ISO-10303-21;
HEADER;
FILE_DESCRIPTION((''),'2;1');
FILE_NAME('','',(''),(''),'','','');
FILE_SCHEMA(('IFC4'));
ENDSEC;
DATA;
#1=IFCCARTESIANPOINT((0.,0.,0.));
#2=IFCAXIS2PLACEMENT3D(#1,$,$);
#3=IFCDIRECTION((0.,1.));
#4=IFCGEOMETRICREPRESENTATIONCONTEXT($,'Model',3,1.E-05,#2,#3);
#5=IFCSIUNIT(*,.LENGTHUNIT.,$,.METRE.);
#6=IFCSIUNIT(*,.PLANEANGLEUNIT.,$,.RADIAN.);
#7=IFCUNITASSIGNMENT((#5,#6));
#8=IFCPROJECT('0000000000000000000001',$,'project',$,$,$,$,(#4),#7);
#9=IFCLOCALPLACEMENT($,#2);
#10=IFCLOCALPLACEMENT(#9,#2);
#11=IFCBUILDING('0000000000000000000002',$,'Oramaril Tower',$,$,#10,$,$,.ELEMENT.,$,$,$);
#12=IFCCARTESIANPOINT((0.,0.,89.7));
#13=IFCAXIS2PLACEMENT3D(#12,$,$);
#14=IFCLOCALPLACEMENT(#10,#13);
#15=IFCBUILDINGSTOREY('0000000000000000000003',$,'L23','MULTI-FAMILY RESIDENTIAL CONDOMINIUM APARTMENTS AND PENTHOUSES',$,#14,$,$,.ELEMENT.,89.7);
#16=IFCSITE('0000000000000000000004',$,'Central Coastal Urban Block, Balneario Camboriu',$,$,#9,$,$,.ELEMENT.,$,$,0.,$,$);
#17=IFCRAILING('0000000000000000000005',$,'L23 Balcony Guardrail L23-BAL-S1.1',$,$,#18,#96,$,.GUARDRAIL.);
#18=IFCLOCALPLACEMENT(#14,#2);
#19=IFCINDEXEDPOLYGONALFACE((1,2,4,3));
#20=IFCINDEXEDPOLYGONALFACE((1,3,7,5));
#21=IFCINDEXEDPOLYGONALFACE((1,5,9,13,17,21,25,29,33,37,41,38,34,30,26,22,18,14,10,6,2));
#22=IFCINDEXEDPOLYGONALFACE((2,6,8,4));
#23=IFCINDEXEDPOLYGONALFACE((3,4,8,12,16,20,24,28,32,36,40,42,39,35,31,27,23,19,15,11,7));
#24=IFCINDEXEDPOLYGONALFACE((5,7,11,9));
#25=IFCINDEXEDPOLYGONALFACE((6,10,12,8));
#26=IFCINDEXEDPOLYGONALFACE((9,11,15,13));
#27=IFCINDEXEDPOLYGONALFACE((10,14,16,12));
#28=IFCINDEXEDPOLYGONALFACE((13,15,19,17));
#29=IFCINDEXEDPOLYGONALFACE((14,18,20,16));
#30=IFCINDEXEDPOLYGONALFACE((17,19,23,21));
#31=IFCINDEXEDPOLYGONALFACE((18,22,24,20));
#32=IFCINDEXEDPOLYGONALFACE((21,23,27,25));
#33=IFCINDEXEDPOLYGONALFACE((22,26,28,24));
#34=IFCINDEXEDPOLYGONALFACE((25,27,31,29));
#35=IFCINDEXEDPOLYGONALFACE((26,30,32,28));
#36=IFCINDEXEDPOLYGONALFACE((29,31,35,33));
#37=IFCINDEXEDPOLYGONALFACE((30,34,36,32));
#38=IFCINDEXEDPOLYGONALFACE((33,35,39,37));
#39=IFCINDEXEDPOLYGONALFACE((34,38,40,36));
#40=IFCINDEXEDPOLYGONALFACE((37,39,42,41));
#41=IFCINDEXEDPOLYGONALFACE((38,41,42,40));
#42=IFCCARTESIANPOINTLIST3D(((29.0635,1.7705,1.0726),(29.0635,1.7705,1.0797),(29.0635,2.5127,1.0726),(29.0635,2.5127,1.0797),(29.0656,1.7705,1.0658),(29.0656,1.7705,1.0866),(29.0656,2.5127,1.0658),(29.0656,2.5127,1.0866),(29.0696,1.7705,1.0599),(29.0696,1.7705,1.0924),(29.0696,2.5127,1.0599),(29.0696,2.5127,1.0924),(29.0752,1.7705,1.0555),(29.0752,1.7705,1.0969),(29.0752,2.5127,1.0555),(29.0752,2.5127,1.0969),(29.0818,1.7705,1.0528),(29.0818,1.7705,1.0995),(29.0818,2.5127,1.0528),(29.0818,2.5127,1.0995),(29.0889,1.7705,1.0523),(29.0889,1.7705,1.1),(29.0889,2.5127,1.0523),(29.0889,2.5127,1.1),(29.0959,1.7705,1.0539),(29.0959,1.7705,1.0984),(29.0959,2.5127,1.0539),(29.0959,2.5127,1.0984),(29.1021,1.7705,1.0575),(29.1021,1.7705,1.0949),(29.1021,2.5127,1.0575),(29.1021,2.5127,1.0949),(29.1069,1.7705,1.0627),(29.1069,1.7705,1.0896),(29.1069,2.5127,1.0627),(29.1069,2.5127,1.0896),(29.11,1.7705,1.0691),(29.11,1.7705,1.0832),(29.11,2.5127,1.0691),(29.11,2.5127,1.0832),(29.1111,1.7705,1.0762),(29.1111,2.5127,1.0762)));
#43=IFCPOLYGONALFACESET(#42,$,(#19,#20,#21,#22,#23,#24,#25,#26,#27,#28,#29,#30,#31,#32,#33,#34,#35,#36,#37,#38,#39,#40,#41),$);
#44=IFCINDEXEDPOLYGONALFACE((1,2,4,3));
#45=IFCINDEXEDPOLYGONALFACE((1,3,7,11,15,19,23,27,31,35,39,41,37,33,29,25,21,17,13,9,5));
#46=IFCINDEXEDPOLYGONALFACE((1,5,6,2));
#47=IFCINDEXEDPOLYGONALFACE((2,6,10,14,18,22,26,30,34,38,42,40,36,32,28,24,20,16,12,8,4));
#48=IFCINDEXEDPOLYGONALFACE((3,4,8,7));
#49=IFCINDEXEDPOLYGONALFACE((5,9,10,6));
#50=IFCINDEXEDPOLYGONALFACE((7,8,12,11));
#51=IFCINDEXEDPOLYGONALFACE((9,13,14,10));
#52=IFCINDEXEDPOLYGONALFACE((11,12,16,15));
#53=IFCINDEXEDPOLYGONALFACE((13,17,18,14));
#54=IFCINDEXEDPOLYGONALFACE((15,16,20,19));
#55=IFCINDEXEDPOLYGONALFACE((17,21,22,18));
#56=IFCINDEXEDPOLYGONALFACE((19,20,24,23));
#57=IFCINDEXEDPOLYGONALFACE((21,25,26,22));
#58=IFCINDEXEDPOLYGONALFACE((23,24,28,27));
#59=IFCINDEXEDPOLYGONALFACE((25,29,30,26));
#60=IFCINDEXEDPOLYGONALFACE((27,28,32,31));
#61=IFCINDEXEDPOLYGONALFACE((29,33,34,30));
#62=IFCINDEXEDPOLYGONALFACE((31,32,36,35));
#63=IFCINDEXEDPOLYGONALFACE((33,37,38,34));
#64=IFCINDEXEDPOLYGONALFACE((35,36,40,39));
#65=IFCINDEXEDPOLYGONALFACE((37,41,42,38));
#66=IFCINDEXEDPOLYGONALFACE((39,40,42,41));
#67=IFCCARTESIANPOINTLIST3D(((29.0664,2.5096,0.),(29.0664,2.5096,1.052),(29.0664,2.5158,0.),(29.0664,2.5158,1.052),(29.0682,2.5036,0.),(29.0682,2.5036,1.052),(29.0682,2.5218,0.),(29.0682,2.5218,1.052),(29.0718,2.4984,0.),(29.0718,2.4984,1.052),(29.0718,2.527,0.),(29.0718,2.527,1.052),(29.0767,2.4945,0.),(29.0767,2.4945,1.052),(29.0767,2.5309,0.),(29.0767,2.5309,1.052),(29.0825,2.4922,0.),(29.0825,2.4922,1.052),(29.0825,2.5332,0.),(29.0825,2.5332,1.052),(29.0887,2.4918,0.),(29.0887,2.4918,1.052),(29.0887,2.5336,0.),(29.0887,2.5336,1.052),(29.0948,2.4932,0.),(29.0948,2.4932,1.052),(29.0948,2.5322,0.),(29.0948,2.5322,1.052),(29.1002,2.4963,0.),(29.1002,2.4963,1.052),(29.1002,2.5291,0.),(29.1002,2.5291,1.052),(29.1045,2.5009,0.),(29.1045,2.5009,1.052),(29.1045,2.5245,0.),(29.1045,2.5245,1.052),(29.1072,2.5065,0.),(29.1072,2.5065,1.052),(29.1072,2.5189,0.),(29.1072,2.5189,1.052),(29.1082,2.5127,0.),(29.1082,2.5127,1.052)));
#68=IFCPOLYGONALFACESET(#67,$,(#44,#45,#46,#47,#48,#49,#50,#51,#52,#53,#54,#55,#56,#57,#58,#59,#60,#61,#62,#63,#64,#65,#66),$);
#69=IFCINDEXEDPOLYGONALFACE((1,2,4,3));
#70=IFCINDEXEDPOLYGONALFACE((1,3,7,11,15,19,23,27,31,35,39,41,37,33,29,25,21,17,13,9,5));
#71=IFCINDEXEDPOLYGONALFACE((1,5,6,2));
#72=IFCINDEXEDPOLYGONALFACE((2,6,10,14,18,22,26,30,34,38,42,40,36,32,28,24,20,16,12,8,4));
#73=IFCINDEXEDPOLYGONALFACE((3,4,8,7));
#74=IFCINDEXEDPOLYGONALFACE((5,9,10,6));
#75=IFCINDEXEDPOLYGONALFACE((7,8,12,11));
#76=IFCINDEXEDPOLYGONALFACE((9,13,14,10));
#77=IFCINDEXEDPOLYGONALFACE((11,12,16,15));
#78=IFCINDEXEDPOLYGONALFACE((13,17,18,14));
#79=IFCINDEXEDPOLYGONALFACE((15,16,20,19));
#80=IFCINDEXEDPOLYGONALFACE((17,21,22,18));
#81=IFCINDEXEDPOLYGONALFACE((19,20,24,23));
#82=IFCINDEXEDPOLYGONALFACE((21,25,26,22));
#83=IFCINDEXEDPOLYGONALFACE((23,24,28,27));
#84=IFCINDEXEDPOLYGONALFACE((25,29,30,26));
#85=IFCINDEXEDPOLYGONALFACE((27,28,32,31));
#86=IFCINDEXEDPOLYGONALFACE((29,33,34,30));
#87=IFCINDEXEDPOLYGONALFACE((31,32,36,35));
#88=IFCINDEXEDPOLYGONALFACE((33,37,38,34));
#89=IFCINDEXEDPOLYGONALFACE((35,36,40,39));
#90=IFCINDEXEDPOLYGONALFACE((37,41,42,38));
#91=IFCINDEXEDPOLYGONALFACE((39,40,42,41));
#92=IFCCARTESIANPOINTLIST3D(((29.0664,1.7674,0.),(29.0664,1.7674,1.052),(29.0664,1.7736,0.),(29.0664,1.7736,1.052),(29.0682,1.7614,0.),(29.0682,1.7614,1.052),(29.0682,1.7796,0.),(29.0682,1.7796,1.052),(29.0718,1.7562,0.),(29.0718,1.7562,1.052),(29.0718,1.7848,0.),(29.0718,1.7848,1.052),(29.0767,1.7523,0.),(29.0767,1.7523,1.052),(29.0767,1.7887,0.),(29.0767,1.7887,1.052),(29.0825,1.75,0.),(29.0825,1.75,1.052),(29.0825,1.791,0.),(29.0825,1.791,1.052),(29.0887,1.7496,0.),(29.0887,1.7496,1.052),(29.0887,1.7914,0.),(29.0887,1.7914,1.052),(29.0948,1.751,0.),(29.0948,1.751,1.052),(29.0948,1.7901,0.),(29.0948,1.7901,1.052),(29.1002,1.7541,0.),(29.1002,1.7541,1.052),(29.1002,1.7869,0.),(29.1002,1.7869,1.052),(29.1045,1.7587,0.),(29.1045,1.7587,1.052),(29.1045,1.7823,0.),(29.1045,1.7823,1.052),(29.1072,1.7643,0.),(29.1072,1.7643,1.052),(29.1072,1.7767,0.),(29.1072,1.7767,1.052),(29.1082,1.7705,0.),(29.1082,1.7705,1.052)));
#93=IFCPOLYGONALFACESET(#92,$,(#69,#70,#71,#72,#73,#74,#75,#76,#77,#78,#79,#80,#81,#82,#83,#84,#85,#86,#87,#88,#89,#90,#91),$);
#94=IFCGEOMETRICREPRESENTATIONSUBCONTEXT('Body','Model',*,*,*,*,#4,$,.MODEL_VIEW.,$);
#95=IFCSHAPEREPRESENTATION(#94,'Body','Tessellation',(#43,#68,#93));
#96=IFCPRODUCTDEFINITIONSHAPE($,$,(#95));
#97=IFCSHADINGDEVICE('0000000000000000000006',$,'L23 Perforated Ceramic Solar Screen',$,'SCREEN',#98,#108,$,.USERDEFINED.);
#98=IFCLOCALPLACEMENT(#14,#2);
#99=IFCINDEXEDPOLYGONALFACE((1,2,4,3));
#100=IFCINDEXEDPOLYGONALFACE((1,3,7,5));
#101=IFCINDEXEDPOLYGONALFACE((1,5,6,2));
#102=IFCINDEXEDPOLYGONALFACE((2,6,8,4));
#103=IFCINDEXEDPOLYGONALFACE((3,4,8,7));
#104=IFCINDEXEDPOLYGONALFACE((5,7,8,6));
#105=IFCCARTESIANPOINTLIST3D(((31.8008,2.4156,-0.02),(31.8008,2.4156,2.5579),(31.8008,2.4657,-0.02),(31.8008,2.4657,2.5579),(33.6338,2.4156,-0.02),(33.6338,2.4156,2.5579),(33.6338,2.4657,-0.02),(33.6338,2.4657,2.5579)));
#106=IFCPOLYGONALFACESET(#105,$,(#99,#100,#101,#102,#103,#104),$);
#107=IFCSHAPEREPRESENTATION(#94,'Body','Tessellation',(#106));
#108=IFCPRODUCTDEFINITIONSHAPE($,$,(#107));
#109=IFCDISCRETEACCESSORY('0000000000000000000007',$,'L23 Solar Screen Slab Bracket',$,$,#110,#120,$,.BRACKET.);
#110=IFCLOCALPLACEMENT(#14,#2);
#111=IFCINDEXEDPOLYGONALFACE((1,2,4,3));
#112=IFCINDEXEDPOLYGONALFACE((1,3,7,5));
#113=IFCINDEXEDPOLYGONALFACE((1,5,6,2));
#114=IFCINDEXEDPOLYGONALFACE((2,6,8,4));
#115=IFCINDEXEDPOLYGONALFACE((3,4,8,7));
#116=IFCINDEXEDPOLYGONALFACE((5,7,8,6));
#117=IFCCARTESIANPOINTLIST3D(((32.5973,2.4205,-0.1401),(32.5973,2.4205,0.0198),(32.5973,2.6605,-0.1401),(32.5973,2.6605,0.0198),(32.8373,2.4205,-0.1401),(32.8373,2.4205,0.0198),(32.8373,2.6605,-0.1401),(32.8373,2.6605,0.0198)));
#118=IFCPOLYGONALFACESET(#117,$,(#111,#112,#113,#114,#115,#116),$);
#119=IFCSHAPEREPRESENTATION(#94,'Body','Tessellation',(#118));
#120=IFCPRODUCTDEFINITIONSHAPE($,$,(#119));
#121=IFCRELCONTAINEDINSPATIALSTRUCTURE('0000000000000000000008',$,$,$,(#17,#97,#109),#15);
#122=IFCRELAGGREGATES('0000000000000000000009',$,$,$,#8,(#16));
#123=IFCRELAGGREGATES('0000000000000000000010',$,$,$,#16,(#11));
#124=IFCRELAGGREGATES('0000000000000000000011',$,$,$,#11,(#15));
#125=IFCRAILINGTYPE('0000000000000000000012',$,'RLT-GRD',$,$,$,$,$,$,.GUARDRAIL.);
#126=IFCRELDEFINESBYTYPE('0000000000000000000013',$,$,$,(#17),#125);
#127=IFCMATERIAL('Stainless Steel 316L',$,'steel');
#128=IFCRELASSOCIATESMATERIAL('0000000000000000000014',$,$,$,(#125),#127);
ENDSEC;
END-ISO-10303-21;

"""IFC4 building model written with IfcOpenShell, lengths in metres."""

from ifc_helpers import new_model, si_unit, direction, frame, origin, origin_2d, place, context, subcontext, project, spatial, rectangle, circle, extrude, material, type_object, element, save


model = new_model("IFC4")

# Units and contexts
model_context = context("Model", 3, precision=1e-05, world=origin(), true_north=direction((0.0, 1.0)))
body_context = subcontext(model_context, "Body", "Model", "MODEL_VIEW")
ifc_project = project(units=[si_unit("LENGTHUNIT", "METRE"), si_unit("PLANEANGLEUNIT", "RADIAN")], contexts=[model_context])

# Site, building, storey
site_placement = place(None, origin())
site = spatial("IfcSite", under=ifc_project, at=site_placement, Name="Central Coastal Urban Block, Balneario Camboriu", CompositionType="ELEMENT", RefElevation=0.0)
building_placement = place(site_placement, origin())
building = spatial("IfcBuilding", under=site, at=building_placement, Name="Oramaril Tower", CompositionType="ELEMENT")
storey_placement = place(building_placement, frame((0.0, 0.0, 89.7)))
storey = spatial("IfcBuildingStorey", under=building, at=storey_placement, Name="L23", Description="MULTI-FAMILY RESIDENTIAL CONDOMINIUM APARTMENTS AND PENTHOUSES", CompositionType="ELEMENT", Elevation=89.7)

# Railing
ifc_material_1 = material(Name="Stainless Steel 316L", Category="steel")
railing_type = type_object("IfcRailingType", Name="RLT-GRD", PredefinedType="GUARDRAIL", material=ifc_material_1)
railing_1_placement = place(storey_placement, frame((29.0872, 2.5127, 0.0)))
element("IfcRailing", 1, at=railing_1_placement, inside=storey, type_object=railing_type, Name="L23 Balcony Guardrail L23-BAL-S1.1", PredefinedType="GUARDRAIL", context=body_context, shape_type="SweptSolid", body=[
    extrude(circle(Radius=0.0239, at=origin_2d()), frame((0.0, 0.0, 1.0762), z_axis=(0.0, -1.0, 0.0), x_axis=(1.0, 0.0, 0.0)), (0.0, 0.0, 1.0), 0.7422),
    extrude(circle(Radius=0.021, at=origin_2d()), origin(), (0.0, 0.0, 1.0), 1.052),
    extrude(circle(Radius=0.021, at=origin_2d()), frame((0.0, -0.7422, 0.0)), (0.0, 0.0, 1.0), 1.052),
])

# Shading device
shading_device_placement = place(storey_placement, frame((32.7173, 2.4407, -0.02), z_axis=(0.0, 0.0, 1.0), x_axis=(1.0, 0.0, 0.0)))
element("IfcShadingDevice", 2, at=shading_device_placement, inside=storey, Name="L23 Perforated Ceramic Solar Screen", ObjectType="SCREEN", PredefinedType="USERDEFINED", context=body_context, shape_type="SweptSolid", body=[
    extrude(rectangle(XDim=1.833, YDim=0.05, at=origin_2d()), origin(), (0.0, 0.0, 1.0), 2.5779),
])

# Discrete accessory
discrete_accessory_placement = place(storey_placement, frame((32.7173, 2.5405, -0.1401), z_axis=(0.0, 0.0, 1.0), x_axis=(1.0, 0.0, 0.0)))
element("IfcDiscreteAccessory", 3, at=discrete_accessory_placement, inside=storey, Name="L23 Solar Screen Slab Bracket", PredefinedType="BRACKET", context=body_context, shape_type="SweptSolid", body=[
    extrude(rectangle(XDim=0.24, YDim=0.24, at=origin_2d()), origin(), (0.0, 0.0, 1.0), 0.1599),
])

save(model, "model.ifc")
